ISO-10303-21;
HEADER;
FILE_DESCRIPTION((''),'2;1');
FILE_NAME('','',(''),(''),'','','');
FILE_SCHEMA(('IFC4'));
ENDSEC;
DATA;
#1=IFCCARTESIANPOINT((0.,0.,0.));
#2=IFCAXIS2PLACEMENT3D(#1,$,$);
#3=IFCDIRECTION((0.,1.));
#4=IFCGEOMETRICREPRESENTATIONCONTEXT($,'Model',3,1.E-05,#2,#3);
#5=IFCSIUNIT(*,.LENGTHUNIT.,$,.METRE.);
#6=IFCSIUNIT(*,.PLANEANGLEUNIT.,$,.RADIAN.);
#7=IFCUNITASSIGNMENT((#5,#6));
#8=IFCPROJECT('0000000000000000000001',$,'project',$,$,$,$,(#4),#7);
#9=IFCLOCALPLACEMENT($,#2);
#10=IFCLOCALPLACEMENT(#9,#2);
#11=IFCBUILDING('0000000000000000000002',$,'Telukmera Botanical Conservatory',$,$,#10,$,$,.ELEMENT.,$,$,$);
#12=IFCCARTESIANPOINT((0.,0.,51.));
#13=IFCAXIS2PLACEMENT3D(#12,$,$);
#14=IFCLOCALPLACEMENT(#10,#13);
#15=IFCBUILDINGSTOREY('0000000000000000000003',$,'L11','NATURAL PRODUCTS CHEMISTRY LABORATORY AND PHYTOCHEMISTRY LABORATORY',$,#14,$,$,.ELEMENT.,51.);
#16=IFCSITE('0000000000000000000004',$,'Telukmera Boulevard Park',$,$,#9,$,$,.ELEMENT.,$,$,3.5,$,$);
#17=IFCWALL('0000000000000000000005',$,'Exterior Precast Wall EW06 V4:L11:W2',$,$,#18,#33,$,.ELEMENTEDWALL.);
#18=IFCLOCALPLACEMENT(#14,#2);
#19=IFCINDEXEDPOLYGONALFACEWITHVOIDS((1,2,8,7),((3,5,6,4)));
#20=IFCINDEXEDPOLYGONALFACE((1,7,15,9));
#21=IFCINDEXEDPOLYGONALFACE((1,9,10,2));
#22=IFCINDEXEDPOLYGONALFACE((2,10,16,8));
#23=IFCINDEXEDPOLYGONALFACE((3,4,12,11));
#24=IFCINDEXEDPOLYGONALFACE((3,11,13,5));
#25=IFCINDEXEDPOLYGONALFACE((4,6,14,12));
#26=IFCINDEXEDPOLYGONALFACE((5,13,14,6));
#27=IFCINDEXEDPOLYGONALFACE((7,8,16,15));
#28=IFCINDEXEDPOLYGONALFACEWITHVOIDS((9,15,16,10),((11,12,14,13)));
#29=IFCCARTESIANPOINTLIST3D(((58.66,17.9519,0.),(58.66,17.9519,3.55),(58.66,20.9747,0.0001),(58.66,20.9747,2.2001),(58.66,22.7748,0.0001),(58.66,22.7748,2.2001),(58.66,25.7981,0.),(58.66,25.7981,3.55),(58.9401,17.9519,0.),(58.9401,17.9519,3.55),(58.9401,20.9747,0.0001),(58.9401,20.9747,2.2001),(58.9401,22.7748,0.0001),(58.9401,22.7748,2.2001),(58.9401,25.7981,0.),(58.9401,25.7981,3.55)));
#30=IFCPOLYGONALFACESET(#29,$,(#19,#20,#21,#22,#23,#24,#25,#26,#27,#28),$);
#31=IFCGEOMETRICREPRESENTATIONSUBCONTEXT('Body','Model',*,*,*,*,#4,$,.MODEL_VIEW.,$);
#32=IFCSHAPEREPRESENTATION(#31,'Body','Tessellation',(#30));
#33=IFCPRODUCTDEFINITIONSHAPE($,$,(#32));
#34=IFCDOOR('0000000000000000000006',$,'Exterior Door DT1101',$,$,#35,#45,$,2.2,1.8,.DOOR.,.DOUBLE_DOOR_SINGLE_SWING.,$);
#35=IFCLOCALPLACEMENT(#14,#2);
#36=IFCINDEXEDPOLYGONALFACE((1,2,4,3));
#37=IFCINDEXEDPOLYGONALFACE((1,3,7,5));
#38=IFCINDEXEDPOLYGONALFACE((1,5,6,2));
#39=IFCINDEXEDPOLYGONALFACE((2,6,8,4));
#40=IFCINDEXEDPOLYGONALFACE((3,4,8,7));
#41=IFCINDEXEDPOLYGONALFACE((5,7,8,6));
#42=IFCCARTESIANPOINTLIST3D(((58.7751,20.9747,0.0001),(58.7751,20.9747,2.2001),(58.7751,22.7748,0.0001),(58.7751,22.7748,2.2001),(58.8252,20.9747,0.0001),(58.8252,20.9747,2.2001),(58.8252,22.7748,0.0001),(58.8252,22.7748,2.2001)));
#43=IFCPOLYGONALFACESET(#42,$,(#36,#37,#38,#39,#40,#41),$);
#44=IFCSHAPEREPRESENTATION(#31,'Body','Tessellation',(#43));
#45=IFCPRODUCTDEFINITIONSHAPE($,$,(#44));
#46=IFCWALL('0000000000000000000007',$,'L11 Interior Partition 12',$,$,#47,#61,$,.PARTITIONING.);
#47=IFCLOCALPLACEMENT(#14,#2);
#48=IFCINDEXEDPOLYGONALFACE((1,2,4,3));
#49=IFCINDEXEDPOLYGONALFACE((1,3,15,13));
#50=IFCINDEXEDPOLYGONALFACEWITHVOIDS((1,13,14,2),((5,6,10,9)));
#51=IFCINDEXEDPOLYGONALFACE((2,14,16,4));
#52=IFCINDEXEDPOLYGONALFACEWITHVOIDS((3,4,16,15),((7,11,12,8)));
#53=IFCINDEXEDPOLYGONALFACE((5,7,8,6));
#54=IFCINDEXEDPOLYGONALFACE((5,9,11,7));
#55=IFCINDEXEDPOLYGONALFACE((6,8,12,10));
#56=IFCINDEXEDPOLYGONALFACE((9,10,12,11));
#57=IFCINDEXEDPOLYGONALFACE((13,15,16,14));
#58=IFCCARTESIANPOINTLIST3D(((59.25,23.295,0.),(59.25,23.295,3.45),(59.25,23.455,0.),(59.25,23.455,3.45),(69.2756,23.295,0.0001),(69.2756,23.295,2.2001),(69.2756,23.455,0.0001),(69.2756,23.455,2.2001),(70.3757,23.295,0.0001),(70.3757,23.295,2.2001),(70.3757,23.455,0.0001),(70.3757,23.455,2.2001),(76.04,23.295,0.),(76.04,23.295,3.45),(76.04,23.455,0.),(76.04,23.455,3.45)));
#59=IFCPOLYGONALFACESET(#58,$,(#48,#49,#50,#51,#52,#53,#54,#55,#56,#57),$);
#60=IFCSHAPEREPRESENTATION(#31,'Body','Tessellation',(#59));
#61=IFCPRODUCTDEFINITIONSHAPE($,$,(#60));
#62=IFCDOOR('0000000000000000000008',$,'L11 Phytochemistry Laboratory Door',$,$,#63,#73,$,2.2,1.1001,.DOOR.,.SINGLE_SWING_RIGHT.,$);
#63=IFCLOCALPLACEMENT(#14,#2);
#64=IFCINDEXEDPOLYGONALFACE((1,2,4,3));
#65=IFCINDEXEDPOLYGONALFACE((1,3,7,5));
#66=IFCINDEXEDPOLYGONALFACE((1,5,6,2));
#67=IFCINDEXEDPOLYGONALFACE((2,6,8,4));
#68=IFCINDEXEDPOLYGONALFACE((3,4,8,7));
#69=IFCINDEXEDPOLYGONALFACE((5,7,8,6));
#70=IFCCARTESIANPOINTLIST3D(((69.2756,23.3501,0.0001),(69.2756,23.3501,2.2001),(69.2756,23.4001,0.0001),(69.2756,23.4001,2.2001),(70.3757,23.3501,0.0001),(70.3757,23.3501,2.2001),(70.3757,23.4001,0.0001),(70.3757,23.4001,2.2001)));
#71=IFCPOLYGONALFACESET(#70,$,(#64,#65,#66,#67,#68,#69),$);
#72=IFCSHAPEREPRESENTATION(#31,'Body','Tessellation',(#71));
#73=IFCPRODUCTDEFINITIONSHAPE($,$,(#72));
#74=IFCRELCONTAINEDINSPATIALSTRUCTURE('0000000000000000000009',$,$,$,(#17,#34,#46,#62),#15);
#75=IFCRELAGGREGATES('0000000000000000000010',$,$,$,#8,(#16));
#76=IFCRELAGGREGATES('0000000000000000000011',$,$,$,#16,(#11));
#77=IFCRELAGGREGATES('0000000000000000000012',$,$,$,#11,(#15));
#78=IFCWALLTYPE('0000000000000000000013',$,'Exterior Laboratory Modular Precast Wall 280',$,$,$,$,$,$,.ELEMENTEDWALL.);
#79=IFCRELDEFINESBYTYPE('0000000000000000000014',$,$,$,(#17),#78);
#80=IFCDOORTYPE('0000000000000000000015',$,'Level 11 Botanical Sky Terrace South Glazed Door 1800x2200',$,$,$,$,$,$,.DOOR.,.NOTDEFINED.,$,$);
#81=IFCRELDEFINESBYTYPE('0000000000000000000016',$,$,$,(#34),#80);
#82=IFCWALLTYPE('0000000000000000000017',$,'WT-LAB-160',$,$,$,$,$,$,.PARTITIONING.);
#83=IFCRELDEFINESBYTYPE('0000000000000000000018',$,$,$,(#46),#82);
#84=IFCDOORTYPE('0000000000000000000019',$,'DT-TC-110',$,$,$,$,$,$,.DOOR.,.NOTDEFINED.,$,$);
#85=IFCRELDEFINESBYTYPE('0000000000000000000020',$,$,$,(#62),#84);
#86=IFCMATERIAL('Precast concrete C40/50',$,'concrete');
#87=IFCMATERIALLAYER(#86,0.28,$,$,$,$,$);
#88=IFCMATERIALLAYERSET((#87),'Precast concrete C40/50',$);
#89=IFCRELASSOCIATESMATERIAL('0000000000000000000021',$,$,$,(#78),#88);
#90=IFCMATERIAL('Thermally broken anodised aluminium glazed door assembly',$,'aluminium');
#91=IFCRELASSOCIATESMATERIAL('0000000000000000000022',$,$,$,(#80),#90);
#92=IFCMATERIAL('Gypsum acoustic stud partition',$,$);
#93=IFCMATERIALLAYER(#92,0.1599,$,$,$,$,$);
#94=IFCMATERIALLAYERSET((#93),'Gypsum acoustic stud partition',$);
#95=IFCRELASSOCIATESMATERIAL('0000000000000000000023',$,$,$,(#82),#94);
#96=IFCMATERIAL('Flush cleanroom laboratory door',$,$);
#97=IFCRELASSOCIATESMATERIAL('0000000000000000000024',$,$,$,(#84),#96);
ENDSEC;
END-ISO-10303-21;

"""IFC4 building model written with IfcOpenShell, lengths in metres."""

from ifc_helpers import new_model, si_unit, direction, frame, frame_2d, origin, place, context, subcontext, project, spatial, rectangle, extrude, material, layer, layer_set, type_object, element, fill, save


model = new_model("IFC4")

# Units and contexts
model_context = context("Model", 3, precision=1e-05, world=origin(), true_north=direction((0.0, 1.0)))
body_context = subcontext(model_context, "Body", "Model", "MODEL_VIEW")
ifc_project = project(units=[si_unit("LENGTHUNIT", "METRE"), si_unit("PLANEANGLEUNIT", "RADIAN")], contexts=[model_context])

# Site, building, storey
site_placement = place(None, origin())
site = spatial("IfcSite", under=ifc_project, at=site_placement, Name="Telukmera Boulevard Park", CompositionType="ELEMENT", RefElevation=3.5)
building_placement = place(site_placement, origin())
building = spatial("IfcBuilding", under=site, at=building_placement, Name="Telukmera Botanical Conservatory", CompositionType="ELEMENT")
storey_placement = place(building_placement, frame((0.0, 0.0, 51.0)))
storey = spatial("IfcBuildingStorey", under=building, at=storey_placement, Name="L11", Description="NATURAL PRODUCTS CHEMISTRY LABORATORY AND PHYTOCHEMISTRY LABORATORY", CompositionType="ELEMENT", Elevation=51.0)

# Wall, opening, door
ifc_material_1 = material(Name="Precast concrete C40/50", Category="concrete")
ifc_layer_1 = layer(ifc_material_1, 0.28)
ifc_layer_set_1 = layer_set([ifc_layer_1], Name="Precast concrete C40/50")
wall_type_1 = type_object("IfcWallType", Name="Exterior Laboratory Modular Precast Wall 280", PredefinedType="ELEMENTEDWALL", material=ifc_layer_set_1)
wall_1_placement = place(storey_placement, frame((58.8, 17.9519, 0.0), z_axis=(0.0, 0.0, 1.0), x_axis=(0.0, 1.0, 0.0)))
wall_1 = element("IfcWall", 1, at=wall_1_placement, inside=storey, type_object=wall_type_1, Name="Exterior Precast Wall EW06 V4:L11:W2", PredefinedType="ELEMENTEDWALL", context=body_context, shape_type="SweptSolid", body=[
    extrude(rectangle(XDim=7.8462, YDim=0.28, at=frame_2d((3.9231, 0.0))), origin(), (0.0, 0.0, 1.0), 3.55),
])
opening_1_placement = place(wall_1_placement, frame((3.0229, 0.0, 0.0)))
opening_1 = element("IfcOpeningElement", 2, at=opening_1_placement, cuts=wall_1, PredefinedType="OPENING", context=body_context, shape_type="SweptSolid", body=[
    extrude(rectangle(XDim=1.8, YDim=2.2, at=frame_2d((0.8999, 1.1001))), frame((0.0, 0.1499, 0.0), z_axis=(0.0, -1.0, 0.0), x_axis=(1.0, 0.0, 0.0)), (0.0, 0.0, 1.0), 0.3),
])
ifc_material_2 = material(Name="Thermally broken anodised aluminium glazed door assembly", Category="aluminium")
door_type_1 = type_object("IfcDoorType", Name="Level 11 Botanical Sky Terrace South Glazed Door 1800x2200", OperationType="NOTDEFINED", PredefinedType="DOOR", material=ifc_material_2)
door_1_placement = place(opening_1_placement, origin())
door_1 = element("IfcDoor", 3, at=door_1_placement, inside=storey, type_object=door_type_1, Name="Exterior Door DT1101", OperationType="DOUBLE_DOOR_SINGLE_SWING", OverallHeight=2.2, OverallWidth=1.8, PredefinedType="DOOR", context=body_context, shape_type="SweptSolid", body=[
    extrude(rectangle(XDim=1.8, YDim=2.2, at=frame_2d((0.8999, 1.1001))), frame((0.0, 0.0249, 0.0), z_axis=(0.0, -1.0, 0.0), x_axis=(1.0, 0.0, 0.0)), (0.0, 0.0, 1.0), 0.05),
])
fill(opening_1, door_1)

# Wall, opening, door
ifc_material_3 = material(Name="Gypsum acoustic stud partition")
ifc_layer_2 = layer(ifc_material_3, 0.1599)
ifc_layer_set_2 = layer_set([ifc_layer_2], Name="Gypsum acoustic stud partition")
wall_type_2 = type_object("IfcWallType", Name="WT-LAB-160", PredefinedType="PARTITIONING", material=ifc_layer_set_2)
wall_2_placement = place(storey_placement, frame((59.25, 23.375, 0.0), z_axis=(0.0, 0.0, 1.0), x_axis=(1.0, 0.0, 0.0)))
wall_2 = element("IfcWall", 4, at=wall_2_placement, inside=storey, type_object=wall_type_2, Name="L11 Interior Partition 12", PredefinedType="PARTITIONING", context=body_context, shape_type="SweptSolid", body=[
    extrude(rectangle(XDim=16.79, YDim=0.1599, at=frame_2d((8.395, 0.0))), origin(), (0.0, 0.0, 1.0), 3.45),
])
opening_2_placement = place(wall_2_placement, frame((10.0256, 0.0, 0.0)))
opening_2 = element("IfcOpeningElement", 5, at=opening_2_placement, cuts=wall_2, PredefinedType="OPENING", context=body_context, shape_type="SweptSolid", body=[
    extrude(rectangle(XDim=1.1001, YDim=2.2, at=frame_2d((0.55, 1.1001))), frame((0.0, 0.0898, 0.0), z_axis=(0.0, -1.0, 0.0), x_axis=(1.0, 0.0, 0.0)), (0.0, 0.0, 1.0), 0.1799),
])
ifc_material_4 = material(Name="Flush cleanroom laboratory door")
door_type_2 = type_object("IfcDoorType", Name="DT-TC-110", OperationType="NOTDEFINED", PredefinedType="DOOR", material=ifc_material_4)
door_2_placement = place(opening_2_placement, frame((1.1001, 0.0, 0.0), z_axis=(0.0, 0.0, 1.0), x_axis=(-1.0, 0.0, 0.0)))
door_2 = element("IfcDoor", 6, at=door_2_placement, inside=storey, type_object=door_type_2, Name="L11 Phytochemistry Laboratory Door", OperationType="SINGLE_SWING_RIGHT", OverallHeight=2.2, OverallWidth=1.1001, PredefinedType="DOOR", context=body_context, shape_type="SweptSolid", body=[
    extrude(rectangle(XDim=1.1001, YDim=2.2, at=frame_2d((0.55, 1.1001))), frame((0.0, 0.0249, 0.0), z_axis=(0.0, -1.0, 0.0), x_axis=(1.0, 0.0, 0.0)), (0.0, 0.0, 1.0), 0.05),
])
fill(opening_2, door_2)

save(model, "model.ifc")
